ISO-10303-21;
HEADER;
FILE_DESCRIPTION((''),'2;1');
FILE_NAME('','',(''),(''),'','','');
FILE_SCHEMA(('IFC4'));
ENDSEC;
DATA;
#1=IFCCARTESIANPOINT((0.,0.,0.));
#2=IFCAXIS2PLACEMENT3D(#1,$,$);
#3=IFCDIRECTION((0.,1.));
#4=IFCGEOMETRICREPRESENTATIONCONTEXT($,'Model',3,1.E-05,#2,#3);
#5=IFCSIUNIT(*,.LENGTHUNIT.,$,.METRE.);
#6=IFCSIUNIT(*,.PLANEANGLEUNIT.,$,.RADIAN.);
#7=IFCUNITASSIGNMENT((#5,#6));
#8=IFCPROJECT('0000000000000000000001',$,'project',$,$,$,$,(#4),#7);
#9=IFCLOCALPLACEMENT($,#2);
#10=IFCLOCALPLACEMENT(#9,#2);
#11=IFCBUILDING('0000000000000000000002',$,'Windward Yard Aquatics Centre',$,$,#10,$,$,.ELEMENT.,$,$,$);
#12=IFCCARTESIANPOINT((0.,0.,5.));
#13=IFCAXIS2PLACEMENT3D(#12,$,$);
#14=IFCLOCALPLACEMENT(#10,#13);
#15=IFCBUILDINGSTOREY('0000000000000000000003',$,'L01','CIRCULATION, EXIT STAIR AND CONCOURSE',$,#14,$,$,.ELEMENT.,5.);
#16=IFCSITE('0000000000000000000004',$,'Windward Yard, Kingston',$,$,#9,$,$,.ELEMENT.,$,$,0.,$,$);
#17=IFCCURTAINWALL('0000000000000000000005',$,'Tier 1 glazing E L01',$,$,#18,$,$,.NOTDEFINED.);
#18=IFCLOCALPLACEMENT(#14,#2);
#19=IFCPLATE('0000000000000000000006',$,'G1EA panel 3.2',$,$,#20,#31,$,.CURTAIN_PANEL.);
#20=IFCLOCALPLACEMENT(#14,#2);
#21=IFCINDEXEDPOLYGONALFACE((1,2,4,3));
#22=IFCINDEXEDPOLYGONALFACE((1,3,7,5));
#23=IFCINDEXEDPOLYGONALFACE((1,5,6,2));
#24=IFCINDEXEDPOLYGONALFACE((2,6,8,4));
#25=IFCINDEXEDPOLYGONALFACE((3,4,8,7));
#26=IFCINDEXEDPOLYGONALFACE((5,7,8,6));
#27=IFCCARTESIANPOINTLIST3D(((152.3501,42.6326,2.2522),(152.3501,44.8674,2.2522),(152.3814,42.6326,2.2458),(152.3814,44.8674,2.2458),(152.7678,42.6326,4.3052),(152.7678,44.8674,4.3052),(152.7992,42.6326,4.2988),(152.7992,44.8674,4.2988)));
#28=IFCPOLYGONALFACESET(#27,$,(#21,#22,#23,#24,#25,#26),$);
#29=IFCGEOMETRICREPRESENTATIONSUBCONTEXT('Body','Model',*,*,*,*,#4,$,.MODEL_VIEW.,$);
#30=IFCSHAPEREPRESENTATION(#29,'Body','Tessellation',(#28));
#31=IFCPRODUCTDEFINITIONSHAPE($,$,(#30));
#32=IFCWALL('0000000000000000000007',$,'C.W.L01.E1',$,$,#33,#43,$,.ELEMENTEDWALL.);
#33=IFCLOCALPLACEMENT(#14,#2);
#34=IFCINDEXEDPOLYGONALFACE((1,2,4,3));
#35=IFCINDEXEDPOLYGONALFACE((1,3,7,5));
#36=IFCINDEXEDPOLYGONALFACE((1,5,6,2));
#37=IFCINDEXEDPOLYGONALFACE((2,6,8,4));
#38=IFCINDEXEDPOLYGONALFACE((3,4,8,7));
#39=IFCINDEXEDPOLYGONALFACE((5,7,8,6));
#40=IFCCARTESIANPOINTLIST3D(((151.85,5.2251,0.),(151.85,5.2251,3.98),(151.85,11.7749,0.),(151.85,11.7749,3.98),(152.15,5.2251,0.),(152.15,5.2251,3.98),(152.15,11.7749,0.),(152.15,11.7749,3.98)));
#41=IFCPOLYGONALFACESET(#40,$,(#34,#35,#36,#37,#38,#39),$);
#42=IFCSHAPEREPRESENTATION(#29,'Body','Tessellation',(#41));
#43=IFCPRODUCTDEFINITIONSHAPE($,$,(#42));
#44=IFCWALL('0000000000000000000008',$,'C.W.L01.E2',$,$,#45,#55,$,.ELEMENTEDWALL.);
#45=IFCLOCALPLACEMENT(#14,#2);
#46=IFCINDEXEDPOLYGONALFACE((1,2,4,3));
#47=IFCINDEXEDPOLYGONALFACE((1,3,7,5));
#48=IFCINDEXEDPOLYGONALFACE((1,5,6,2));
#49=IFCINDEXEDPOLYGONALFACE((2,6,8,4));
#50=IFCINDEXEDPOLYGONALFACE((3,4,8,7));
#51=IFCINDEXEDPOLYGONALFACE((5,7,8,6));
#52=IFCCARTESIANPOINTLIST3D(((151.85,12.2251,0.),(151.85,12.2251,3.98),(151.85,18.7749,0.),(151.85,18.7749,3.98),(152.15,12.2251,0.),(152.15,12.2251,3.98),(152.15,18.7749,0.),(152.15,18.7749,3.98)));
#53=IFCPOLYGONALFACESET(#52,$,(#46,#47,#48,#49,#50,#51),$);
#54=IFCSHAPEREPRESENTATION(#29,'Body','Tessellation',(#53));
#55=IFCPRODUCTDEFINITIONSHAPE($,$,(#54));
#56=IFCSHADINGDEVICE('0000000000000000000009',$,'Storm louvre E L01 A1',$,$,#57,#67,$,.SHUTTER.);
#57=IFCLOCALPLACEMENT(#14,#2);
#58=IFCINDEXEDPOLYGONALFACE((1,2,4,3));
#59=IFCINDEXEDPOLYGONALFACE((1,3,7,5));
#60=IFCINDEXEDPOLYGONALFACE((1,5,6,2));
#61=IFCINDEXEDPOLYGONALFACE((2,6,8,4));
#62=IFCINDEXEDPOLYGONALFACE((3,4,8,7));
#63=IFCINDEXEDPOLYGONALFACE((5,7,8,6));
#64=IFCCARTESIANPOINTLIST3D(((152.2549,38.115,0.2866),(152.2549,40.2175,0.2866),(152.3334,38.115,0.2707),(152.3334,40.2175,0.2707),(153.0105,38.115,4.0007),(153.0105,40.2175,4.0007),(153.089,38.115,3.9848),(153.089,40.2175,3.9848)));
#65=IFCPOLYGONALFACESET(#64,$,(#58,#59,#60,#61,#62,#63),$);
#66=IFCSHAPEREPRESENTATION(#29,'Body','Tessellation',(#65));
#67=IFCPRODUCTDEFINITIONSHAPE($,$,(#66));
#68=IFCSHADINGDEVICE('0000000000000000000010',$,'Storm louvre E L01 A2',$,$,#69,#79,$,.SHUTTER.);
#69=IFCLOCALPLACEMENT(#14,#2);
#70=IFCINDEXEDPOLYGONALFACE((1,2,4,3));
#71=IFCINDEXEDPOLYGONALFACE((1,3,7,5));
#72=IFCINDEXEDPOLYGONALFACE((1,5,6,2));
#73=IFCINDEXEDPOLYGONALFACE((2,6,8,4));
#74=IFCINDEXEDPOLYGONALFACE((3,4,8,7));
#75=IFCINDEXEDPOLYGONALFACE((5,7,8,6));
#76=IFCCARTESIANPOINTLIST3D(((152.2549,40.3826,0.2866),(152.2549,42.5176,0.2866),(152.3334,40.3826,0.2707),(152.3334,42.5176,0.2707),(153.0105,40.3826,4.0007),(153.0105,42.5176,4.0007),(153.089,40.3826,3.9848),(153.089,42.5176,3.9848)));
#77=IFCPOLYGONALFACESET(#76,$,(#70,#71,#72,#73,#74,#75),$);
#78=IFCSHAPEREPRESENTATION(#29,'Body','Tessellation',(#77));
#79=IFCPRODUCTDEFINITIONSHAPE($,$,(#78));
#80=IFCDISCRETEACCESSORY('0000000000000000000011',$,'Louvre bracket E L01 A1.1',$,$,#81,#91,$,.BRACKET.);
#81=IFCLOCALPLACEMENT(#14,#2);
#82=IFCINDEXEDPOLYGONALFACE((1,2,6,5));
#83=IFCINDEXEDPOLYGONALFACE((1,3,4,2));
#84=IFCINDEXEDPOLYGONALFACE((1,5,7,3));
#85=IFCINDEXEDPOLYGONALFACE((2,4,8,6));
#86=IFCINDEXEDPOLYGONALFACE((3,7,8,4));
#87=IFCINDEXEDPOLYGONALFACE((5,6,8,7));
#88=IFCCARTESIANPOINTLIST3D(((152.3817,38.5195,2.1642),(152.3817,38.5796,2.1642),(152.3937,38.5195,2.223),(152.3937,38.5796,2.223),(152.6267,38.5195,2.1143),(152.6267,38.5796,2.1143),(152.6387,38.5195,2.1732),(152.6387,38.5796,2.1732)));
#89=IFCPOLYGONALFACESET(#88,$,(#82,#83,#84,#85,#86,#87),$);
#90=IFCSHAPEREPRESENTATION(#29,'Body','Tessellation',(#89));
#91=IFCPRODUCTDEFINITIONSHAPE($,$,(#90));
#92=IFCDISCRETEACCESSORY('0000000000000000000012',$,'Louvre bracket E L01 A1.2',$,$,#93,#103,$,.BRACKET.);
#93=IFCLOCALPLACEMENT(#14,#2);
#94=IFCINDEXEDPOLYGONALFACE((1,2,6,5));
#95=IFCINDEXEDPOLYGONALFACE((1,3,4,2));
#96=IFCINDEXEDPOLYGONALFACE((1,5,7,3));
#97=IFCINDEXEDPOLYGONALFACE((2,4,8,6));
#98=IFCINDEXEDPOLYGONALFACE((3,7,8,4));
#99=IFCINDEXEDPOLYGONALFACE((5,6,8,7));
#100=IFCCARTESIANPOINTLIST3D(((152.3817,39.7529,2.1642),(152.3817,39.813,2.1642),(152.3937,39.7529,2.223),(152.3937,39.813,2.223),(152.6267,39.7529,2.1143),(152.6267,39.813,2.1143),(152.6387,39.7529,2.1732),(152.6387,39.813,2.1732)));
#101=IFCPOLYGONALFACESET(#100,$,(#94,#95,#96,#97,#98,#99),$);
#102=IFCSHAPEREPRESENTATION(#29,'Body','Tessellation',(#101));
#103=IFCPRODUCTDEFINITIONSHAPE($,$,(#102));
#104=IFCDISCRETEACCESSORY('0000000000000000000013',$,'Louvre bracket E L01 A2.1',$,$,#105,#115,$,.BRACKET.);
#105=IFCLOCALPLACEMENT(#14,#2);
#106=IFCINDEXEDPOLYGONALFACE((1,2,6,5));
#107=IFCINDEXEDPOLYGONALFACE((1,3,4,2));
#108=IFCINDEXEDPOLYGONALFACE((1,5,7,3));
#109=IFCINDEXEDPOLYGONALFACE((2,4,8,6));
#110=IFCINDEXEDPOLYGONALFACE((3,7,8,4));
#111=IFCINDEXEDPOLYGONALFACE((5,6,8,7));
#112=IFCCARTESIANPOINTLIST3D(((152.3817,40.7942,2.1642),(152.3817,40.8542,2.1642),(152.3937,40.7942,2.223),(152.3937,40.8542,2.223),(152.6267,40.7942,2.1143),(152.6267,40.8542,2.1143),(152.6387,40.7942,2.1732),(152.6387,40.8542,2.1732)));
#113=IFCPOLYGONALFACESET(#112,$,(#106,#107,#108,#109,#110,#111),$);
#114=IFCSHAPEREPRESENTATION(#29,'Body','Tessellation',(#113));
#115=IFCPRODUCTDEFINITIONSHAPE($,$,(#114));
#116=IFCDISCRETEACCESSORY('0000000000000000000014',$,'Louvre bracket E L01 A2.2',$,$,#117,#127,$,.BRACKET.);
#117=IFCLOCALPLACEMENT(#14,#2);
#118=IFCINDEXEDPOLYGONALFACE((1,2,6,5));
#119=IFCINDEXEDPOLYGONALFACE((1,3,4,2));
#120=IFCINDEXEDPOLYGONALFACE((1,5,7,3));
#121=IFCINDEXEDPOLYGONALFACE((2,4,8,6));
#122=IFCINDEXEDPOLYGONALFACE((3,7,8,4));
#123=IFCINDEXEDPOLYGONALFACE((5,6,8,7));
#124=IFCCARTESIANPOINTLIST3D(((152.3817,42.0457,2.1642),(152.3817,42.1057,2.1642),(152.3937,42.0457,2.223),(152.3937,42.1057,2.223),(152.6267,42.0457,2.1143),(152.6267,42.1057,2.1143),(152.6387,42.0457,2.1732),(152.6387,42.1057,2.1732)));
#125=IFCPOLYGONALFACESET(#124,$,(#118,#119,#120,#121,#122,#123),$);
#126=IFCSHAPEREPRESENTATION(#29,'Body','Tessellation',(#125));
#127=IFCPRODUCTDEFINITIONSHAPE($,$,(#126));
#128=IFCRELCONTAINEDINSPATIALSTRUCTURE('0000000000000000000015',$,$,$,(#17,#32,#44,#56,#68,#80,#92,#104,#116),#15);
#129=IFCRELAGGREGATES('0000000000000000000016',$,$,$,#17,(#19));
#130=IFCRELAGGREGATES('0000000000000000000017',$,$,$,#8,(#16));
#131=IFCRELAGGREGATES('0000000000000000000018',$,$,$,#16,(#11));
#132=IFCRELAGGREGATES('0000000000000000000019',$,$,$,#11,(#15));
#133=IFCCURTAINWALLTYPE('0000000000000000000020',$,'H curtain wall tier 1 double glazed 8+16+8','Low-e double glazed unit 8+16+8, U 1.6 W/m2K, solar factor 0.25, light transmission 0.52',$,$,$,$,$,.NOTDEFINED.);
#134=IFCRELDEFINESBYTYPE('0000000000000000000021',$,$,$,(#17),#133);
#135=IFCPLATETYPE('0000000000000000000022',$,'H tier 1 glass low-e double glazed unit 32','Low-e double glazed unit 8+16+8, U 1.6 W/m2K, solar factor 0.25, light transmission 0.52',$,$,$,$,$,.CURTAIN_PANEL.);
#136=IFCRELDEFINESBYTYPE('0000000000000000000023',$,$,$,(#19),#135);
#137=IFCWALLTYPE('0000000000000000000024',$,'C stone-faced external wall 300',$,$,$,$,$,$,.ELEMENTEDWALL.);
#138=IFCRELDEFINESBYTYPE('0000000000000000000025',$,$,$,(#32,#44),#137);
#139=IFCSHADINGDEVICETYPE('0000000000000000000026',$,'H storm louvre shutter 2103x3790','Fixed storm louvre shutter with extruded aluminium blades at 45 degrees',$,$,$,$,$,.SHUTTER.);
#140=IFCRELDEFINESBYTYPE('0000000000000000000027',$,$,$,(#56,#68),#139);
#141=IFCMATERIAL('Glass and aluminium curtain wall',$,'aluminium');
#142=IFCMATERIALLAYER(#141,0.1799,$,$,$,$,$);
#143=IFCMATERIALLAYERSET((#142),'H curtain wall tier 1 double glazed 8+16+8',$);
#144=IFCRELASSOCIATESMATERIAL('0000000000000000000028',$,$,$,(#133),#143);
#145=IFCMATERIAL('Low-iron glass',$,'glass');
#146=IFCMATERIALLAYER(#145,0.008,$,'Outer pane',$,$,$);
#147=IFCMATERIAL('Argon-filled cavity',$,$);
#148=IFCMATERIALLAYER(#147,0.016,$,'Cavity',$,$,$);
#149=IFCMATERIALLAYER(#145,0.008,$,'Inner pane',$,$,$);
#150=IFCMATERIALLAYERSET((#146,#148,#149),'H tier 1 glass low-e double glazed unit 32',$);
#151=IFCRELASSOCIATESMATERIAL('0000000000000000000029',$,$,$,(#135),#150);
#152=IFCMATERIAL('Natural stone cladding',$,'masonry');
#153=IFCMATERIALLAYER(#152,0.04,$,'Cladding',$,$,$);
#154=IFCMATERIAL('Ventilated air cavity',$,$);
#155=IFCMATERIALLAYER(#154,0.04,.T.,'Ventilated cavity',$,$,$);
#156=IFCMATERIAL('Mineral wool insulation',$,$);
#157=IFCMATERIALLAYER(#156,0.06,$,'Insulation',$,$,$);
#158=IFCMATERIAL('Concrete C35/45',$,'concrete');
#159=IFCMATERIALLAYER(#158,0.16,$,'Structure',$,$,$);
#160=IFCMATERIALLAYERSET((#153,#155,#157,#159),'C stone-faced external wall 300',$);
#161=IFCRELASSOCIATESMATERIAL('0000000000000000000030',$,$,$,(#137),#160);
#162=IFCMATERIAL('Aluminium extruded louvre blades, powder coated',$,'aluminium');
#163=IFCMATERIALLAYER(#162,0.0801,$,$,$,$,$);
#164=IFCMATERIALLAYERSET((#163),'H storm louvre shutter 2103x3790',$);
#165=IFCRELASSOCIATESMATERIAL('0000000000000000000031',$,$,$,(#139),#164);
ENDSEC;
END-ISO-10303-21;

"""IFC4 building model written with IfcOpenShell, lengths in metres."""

from ifc_helpers import new_model, si_unit, direction, frame, frame_2d, origin, origin_2d, place, context, subcontext, project, spatial, polyline, rectangle, outline, extrude, material, layer, layer_set, type_object, element, aggregate, save


model = new_model("IFC4")

# Units and contexts
model_context = context("Model", 3, precision=1e-05, world=origin(), true_north=direction((0.0, 1.0)))
body_context = subcontext(model_context, "Body", "Model", "MODEL_VIEW")
ifc_project = project(units=[si_unit("LENGTHUNIT", "METRE"), si_unit("PLANEANGLEUNIT", "RADIAN")], contexts=[model_context])

# Site, building, storey
site_placement = place(None, origin())
site = spatial("IfcSite", under=ifc_project, at=site_placement, Name="Windward Yard, Kingston", CompositionType="ELEMENT", RefElevation=0.0)
building_placement = place(site_placement, origin())
building = spatial("IfcBuilding", under=site, at=building_placement, Name="Windward Yard Aquatics Centre", CompositionType="ELEMENT")
storey_placement = place(building_placement, frame((0.0, 0.0, 5.0)))
storey = spatial("IfcBuildingStorey", under=building, at=storey_placement, Name="L01", Description="CIRCULATION, EXIT STAIR AND CONCOURSE", CompositionType="ELEMENT", Elevation=5.0)

# Shared definitions
ifc_material_1 = material(Name="Concrete C35/45", Category="concrete")

# Curtain wall, plate
ifc_material_2 = material(Name="Glass and aluminium curtain wall", Category="aluminium")
ifc_layer_1 = layer(ifc_material_2, 0.1799)
ifc_layer_set_1 = layer_set([ifc_layer_1], Name="H curtain wall tier 1 double glazed 8+16+8")
curtain_wall_type = type_object("IfcCurtainWallType", Name="H curtain wall tier 1 double glazed 8+16+8", Description="Low-e double glazed unit 8+16+8, U 1.6 W/m2K, solar factor 0.25, light transmission 0.52", PredefinedType="NOTDEFINED", material=ifc_layer_set_1)
curtain_wall_placement = place(storey_placement, origin())
curtain_wall = element("IfcCurtainWall", 1, at=curtain_wall_placement, inside=storey, type_object=curtain_wall_type, Name="Tier 1 glazing E L01", PredefinedType="NOTDEFINED")
ifc_material_3 = material(Name="Low-iron glass", Category="glass")
ifc_layer_2 = layer(ifc_material_3, 0.008, Name="Outer pane")
ifc_material_4 = material(Name="Argon-filled cavity")
ifc_layer_3 = layer(ifc_material_4, 0.016, Name="Cavity")
ifc_layer_4 = layer(ifc_material_3, 0.008, Name="Inner pane")
ifc_layer_set_2 = layer_set([ifc_layer_2, ifc_layer_3, ifc_layer_4], Name="H tier 1 glass low-e double glazed unit 32")
plate_type = type_object("IfcPlateType", Name="H tier 1 glass low-e double glazed unit 32", Description="Low-e double glazed unit 8+16+8, U 1.6 W/m2K, solar factor 0.25, light transmission 0.52", PredefinedType="CURTAIN_PANEL", material=ifc_layer_set_2)
plate_1_placement = place(storey_placement, frame((152.3501, 42.6326, 2.2522), z_axis=(-0.979921, 0.0, 0.199387), x_axis=(0.0, 1.0, 0.0)))
plate_1 = element("IfcPlate", 2, at=plate_1_placement, type_object=plate_type, Name="G1EA panel 3.2", PredefinedType="CURTAIN_PANEL", context=body_context, shape_type="SweptSolid", body=[
    extrude(outline(polyline([(0.0, 0.0), (2.2349, 0.0), (2.2349, -2.095), (0.0, -2.095), (0.0, 0.0)])), origin(), (0.0, 0.0, -1.0), 0.032),
])
aggregate(curtain_wall, [plate_1])

# Walls
ifc_material_5 = material(Name="Natural stone cladding", Category="masonry")
ifc_layer_5 = layer(ifc_material_5, 0.04, Name="Cladding")
ifc_material_6 = material(Name="Ventilated air cavity")
ifc_layer_6 = layer(ifc_material_6, 0.04, ventilated=True, Name="Ventilated cavity")
ifc_material_7 = material(Name="Mineral wool insulation")
ifc_layer_7 = layer(ifc_material_7, 0.06, Name="Insulation")
ifc_layer_8 = layer(ifc_material_1, 0.16, Name="Structure")
ifc_layer_set_3 = layer_set([ifc_layer_5, ifc_layer_6, ifc_layer_7, ifc_layer_8], Name="C stone-faced external wall 300")
wall_type = type_object("IfcWallType", Name="C stone-faced external wall 300", PredefinedType="ELEMENTEDWALL", material=ifc_layer_set_3)
for number, where, z_axis, x_axis, name in (
    (3, (152.0, 5.2251, 0.0), (0.0, 0.0, 1.0), (0.0, 1.0, 0.0), "C.W.L01.E1"),
    (4, (152.0, 12.2251, 0.0), (0.0, 0.0, 1.0), (0.0, 1.0, 0.0), "C.W.L01.E2"),
):
    element("IfcWall", number, at=place(storey_placement, frame(where, z_axis=z_axis, x_axis=x_axis)), inside=storey, type_object=wall_type, Name=name, PredefinedType="ELEMENTEDWALL", context=body_context, shape_type="SweptSolid", body=[
        extrude(rectangle(XDim=6.5498, YDim=0.3, at=frame_2d((3.2749, 0.0))), origin(), (0.0, 0.0, 1.0), 3.98),
    ])

# Shading devices
ifc_material_8 = material(Name="Aluminium extruded louvre blades, powder coated", Category="aluminium")
ifc_layer_9 = layer(ifc_material_8, 0.0801)
ifc_layer_set_4 = layer_set([ifc_layer_9], Name="H storm louvre shutter 2103x3790")
shading_device_type = type_object("IfcShadingDeviceType", Name="H storm louvre shutter 2103x3790", Description="Fixed storm louvre shutter with extruded aluminium blades at 45 degrees", PredefinedType="SHUTTER", material=ifc_layer_set_4)
shading_device_1_placement = place(storey_placement, frame((152.2549, 38.115, 0.2866), z_axis=(-0.979926, 0.0, 0.199361), x_axis=(0.0, 1.0, 0.0)))
element("IfcShadingDevice", 5, at=shading_device_1_placement, inside=storey, type_object=shading_device_type, Name="Storm louvre E L01 A1", PredefinedType="SHUTTER", context=body_context, shape_type="SweptSolid", body=[
    extrude(outline(polyline([(0.0, 0.0), (2.1025, 0.0), (2.1025, -3.7902), (0.0, -3.7902), (0.0, 0.0)])), origin(), (0.0, 0.0, -1.0), 0.0801),
])
shading_device_2_placement = place(storey_placement, frame((152.2549, 40.3826, 0.2866), z_axis=(-0.979926, 0.0, 0.199361), x_axis=(0.0, 1.0, 0.0)))
element("IfcShadingDevice", 6, at=shading_device_2_placement, inside=storey, type_object=shading_device_type, Name="Storm louvre E L01 A2", PredefinedType="SHUTTER", context=body_context, shape_type="SweptSolid", body=[
    extrude(outline(polyline([(0.0, 0.0), (2.135, 0.0), (2.135, -3.7902), (0.0, -3.7902), (0.0, 0.0)])), origin(), (0.0, 0.0, -1.0), 0.0801),
])

# Discrete accessories
for number, where, z_axis, x_axis, name in (
    (7, (152.3877, 38.5496, 2.1936), (0.979937, 0.0, -0.199309), (0.0, 1.0, 0.0), "Louvre bracket E L01 A1.1"),
    (8, (152.3877, 39.783, 2.1936), (0.979937, 0.0, -0.199309), (0.0, 1.0, 0.0), "Louvre bracket E L01 A1.2"),
    (9, (152.3877, 40.8242, 2.1936), (0.979937, 0.0, -0.199309), (0.0, 1.0, 0.0), "Louvre bracket E L01 A2.1"),
    (10, (152.3877, 42.0757, 2.1936), (0.979937, 0.0, -0.199309), (0.0, 1.0, 0.0), "Louvre bracket E L01 A2.2"),
):
    element("IfcDiscreteAccessory", number, at=place(storey_placement, frame(where, z_axis=z_axis, x_axis=x_axis)), inside=storey, Name=name, PredefinedType="BRACKET", context=body_context, shape_type="SweptSolid", body=[
        extrude(rectangle(XDim=0.0601, YDim=0.0601, at=origin_2d()), origin(), (0.0, 0.0, 1.0), 0.25),
    ])

save(model, "model.ifc")
